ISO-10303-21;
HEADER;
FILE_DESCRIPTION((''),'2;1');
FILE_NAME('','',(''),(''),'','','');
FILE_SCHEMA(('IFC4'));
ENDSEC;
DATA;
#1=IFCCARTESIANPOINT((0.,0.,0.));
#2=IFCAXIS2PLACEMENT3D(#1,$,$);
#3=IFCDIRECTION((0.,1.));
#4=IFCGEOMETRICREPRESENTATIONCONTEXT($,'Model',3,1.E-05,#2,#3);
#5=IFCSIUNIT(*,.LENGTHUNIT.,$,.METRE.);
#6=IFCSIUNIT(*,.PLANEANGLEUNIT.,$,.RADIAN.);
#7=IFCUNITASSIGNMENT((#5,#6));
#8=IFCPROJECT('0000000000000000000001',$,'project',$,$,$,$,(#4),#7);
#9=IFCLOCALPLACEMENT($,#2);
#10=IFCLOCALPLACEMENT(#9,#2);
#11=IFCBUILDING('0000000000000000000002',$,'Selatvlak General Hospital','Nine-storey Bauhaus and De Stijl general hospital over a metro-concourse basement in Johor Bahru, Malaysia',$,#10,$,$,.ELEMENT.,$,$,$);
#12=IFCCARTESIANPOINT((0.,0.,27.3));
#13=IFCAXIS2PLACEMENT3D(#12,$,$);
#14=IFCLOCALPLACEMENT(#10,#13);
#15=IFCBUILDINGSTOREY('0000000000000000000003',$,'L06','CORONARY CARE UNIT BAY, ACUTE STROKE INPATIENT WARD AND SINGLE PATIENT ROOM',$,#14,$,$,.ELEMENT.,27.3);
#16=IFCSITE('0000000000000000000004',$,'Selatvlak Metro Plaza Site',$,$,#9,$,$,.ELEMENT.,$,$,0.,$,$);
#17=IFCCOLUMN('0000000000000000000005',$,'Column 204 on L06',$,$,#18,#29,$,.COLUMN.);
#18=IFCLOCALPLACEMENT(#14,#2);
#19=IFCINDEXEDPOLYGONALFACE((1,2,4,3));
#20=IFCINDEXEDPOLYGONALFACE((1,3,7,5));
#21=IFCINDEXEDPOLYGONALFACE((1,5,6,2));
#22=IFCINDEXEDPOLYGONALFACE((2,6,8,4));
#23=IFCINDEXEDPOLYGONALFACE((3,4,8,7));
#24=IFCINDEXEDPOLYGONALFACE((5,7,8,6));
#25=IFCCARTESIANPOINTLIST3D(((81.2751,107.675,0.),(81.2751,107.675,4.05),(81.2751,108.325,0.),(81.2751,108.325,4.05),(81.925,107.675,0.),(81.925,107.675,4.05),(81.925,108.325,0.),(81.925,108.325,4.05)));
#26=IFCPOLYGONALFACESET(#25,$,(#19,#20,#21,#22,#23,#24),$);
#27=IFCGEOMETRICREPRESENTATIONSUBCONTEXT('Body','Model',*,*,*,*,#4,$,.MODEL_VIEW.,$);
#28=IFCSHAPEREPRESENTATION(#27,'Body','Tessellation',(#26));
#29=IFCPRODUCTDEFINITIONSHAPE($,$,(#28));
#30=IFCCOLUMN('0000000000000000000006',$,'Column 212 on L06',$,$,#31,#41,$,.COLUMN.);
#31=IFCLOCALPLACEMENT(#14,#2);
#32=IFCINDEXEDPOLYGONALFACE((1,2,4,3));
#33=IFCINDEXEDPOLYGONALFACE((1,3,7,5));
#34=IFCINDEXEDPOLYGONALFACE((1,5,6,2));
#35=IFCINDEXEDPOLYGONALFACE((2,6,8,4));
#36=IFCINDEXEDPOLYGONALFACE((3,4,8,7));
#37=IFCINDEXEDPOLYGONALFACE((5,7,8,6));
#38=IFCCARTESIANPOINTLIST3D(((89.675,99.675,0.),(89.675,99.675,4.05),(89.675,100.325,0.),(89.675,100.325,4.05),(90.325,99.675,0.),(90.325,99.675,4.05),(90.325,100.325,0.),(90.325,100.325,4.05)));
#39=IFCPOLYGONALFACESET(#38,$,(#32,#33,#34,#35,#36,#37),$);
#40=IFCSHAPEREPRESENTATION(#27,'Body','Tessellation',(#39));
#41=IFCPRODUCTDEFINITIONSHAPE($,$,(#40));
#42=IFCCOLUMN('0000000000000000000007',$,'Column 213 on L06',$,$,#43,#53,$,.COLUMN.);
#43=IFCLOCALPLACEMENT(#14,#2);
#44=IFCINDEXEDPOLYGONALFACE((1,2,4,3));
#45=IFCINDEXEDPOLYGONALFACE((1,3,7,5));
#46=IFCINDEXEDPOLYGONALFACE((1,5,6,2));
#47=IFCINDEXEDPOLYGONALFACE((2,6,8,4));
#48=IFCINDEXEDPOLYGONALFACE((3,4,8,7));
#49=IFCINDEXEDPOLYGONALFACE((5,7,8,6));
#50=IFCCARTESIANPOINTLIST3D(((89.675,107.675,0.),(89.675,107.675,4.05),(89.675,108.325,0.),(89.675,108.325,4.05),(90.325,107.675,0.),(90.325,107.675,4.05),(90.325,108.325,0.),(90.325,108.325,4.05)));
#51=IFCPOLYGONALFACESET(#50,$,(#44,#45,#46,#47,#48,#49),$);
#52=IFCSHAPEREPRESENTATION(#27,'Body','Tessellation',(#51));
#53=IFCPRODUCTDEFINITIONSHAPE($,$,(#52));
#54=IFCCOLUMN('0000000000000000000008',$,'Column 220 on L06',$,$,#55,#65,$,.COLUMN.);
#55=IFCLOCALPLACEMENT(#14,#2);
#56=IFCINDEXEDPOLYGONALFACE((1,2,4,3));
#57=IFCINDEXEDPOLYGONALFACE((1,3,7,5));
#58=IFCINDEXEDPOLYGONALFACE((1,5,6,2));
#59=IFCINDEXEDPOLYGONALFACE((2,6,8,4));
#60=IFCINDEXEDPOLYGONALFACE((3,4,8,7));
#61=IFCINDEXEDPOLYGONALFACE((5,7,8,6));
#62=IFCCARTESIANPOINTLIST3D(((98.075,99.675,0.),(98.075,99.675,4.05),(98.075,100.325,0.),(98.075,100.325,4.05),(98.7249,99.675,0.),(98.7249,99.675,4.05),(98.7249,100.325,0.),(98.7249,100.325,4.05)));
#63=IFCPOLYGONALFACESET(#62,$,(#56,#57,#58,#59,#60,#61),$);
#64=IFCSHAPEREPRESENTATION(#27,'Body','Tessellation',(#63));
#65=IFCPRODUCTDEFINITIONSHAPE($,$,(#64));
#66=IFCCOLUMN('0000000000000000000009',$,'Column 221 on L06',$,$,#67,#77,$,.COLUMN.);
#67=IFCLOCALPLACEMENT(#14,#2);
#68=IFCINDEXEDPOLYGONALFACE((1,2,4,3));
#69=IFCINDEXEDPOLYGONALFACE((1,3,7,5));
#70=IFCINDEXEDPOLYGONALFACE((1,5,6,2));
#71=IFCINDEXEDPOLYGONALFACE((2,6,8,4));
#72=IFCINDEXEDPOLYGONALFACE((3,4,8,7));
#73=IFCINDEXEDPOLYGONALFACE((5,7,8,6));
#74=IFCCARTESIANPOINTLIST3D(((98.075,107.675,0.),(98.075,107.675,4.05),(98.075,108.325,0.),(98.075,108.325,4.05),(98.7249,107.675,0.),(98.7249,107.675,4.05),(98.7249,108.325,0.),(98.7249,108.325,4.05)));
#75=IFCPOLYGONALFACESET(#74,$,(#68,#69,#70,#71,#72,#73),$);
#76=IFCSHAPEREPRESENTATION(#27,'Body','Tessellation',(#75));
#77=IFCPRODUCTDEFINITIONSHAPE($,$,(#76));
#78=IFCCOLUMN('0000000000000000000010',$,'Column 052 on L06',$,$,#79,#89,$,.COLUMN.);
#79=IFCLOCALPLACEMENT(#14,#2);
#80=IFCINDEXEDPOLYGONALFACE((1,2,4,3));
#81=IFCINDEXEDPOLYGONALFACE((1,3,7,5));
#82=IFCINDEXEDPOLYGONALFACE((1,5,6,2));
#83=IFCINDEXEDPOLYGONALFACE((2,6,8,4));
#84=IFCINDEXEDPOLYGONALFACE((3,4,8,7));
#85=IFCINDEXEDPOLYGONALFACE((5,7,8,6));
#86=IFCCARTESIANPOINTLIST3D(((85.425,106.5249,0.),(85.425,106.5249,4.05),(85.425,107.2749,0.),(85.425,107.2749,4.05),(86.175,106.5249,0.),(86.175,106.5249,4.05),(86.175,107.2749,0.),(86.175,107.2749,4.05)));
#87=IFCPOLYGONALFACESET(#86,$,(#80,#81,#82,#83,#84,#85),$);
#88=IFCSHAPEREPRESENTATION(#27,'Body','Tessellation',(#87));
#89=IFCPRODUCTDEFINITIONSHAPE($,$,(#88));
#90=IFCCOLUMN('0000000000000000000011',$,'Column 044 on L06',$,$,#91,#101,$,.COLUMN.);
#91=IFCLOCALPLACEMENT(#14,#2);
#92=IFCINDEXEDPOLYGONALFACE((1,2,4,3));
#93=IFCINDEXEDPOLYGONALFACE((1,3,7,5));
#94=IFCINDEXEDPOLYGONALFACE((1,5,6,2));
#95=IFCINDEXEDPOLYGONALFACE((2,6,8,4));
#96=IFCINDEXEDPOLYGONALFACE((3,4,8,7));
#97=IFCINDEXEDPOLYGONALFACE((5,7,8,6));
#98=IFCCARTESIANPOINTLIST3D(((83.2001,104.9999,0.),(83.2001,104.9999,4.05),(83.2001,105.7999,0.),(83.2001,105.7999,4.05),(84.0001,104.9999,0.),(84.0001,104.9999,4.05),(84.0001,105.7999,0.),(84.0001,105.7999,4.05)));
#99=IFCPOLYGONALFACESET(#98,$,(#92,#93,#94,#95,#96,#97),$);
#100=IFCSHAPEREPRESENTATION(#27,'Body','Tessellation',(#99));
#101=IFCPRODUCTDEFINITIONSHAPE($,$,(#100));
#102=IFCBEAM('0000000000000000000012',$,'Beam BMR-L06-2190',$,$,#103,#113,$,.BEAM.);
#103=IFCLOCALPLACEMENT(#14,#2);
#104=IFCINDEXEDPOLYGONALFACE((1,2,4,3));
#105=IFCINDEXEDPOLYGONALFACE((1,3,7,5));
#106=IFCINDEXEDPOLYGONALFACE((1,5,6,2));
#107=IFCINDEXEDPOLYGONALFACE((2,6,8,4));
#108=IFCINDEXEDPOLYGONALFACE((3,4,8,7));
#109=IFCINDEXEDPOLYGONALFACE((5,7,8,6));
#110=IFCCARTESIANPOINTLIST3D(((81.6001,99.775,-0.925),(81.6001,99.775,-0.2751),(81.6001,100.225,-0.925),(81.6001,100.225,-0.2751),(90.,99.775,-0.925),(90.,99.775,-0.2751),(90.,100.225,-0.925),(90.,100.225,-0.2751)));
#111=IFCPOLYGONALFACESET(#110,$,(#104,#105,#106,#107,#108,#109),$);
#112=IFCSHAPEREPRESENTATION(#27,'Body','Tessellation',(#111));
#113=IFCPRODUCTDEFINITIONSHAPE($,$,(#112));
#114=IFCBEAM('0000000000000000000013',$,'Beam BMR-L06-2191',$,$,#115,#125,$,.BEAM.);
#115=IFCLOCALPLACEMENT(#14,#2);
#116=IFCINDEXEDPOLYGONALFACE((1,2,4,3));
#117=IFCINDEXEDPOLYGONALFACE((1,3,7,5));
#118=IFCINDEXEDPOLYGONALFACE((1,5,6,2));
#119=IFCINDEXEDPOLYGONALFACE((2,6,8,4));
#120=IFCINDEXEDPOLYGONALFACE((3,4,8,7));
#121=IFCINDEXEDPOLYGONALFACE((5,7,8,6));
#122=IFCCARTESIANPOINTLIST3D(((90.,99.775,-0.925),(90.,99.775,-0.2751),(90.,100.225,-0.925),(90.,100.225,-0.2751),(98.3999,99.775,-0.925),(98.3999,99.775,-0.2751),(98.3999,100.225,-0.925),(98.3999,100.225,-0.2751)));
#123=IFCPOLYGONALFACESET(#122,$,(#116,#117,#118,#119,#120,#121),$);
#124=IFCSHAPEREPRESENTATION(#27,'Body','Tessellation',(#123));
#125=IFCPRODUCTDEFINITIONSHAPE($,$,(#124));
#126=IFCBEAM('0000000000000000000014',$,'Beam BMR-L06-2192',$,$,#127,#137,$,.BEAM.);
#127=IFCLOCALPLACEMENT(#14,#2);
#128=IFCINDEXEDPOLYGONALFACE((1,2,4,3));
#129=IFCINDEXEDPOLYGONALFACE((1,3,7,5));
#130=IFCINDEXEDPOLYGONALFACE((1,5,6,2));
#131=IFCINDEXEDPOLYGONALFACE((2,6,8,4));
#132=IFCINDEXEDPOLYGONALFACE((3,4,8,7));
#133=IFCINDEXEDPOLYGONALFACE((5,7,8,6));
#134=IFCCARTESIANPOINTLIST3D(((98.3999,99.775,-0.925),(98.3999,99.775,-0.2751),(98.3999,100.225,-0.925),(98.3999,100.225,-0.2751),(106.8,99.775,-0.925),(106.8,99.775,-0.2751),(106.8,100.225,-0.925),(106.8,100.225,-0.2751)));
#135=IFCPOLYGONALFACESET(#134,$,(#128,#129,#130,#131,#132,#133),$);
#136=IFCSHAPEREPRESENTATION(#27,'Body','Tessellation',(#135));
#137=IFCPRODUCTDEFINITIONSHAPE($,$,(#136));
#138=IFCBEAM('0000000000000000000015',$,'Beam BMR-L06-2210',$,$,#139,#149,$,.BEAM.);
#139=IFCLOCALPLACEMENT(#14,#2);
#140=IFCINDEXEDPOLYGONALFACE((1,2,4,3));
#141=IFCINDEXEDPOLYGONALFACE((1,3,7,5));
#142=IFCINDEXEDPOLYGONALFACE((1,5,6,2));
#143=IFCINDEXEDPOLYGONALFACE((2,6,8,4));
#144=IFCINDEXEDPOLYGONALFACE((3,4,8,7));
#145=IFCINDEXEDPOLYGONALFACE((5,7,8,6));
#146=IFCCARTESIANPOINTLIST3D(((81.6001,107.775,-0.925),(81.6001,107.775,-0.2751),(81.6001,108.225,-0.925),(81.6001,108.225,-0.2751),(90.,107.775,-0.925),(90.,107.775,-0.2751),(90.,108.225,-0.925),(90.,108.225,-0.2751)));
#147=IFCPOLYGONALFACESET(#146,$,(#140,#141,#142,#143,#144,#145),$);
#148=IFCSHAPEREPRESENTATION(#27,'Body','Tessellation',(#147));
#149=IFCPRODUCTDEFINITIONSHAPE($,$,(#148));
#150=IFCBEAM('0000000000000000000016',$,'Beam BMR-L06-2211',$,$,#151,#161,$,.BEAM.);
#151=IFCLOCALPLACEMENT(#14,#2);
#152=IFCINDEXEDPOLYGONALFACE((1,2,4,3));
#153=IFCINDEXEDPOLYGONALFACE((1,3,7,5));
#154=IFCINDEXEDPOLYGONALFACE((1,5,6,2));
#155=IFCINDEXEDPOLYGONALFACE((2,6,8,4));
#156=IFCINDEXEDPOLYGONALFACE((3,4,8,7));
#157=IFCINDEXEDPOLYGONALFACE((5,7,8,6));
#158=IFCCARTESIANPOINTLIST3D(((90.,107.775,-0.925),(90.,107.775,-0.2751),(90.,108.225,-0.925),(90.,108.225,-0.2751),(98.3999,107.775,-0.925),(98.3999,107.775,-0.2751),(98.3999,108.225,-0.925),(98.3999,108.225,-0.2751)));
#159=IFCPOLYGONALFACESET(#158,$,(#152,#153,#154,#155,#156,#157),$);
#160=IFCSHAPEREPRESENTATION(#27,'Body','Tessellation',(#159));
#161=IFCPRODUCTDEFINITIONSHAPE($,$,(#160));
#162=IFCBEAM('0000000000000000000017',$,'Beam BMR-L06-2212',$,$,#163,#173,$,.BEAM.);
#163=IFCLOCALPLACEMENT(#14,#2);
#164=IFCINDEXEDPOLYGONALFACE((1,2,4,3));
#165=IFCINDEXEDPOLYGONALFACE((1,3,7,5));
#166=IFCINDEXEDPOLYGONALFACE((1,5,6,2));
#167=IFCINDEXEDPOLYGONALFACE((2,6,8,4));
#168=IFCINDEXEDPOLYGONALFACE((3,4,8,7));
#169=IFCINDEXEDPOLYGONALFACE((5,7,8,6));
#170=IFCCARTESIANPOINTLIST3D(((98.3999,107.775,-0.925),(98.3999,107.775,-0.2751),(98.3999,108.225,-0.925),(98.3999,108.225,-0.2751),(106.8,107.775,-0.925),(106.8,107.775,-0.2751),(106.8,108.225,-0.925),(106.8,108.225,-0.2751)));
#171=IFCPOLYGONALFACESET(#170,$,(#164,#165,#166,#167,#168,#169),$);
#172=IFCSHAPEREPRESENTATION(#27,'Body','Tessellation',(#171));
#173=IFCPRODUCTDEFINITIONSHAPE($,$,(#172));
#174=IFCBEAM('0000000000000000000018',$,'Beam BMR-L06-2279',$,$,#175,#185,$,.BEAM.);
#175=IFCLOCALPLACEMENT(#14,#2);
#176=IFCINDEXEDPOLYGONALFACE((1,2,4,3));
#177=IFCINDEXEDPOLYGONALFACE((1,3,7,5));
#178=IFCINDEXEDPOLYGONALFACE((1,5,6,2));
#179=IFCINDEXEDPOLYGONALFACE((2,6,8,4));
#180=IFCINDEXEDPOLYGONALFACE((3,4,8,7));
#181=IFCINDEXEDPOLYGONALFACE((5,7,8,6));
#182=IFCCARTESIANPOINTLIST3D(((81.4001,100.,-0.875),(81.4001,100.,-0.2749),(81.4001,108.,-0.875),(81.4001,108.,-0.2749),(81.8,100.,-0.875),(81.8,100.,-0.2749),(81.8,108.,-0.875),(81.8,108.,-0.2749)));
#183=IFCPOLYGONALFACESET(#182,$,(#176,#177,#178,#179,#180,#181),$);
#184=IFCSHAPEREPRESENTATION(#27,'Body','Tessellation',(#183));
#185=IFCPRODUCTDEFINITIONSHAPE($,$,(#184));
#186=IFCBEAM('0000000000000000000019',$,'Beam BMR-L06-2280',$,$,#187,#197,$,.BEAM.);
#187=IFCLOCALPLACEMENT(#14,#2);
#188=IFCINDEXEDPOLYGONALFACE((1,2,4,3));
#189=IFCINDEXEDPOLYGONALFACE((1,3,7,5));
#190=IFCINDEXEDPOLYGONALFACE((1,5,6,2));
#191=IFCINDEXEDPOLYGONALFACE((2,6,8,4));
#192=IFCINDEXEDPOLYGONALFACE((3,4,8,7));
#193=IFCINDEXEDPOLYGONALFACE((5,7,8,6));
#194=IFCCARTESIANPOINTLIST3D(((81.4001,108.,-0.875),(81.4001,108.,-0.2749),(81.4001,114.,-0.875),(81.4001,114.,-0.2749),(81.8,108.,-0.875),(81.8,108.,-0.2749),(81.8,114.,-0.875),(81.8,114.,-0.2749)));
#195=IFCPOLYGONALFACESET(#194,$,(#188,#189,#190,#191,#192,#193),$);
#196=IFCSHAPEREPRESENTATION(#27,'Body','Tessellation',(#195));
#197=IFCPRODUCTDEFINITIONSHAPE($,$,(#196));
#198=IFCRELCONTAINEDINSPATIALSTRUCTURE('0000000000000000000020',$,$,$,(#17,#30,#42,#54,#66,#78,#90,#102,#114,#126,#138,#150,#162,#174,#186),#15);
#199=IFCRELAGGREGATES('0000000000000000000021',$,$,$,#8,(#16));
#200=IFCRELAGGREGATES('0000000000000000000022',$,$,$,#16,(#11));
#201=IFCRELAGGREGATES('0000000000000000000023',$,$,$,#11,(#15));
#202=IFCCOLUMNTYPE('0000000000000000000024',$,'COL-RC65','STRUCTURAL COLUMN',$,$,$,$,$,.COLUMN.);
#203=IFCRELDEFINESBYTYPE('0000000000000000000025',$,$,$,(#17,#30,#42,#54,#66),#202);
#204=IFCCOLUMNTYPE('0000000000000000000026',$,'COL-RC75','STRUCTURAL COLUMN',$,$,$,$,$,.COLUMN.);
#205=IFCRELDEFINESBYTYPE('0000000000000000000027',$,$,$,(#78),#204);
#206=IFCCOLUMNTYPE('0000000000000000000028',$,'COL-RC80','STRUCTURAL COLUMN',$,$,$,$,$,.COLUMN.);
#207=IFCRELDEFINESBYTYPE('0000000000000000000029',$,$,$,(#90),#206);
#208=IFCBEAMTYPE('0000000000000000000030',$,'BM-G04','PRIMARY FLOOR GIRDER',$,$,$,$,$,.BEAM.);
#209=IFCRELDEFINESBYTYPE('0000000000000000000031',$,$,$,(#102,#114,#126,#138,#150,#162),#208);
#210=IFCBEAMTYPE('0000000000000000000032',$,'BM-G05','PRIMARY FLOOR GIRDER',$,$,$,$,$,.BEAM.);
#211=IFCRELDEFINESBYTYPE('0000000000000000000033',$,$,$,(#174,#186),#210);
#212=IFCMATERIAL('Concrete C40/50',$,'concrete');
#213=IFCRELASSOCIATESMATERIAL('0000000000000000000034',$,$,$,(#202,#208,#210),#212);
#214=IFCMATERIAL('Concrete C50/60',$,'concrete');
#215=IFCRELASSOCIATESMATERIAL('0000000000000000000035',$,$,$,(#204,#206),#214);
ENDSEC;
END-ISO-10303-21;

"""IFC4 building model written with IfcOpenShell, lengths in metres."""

from ifc_helpers import new_model, si_unit, direction, frame, origin, origin_2d, place, context, subcontext, project, spatial, rectangle, extrude, material, material_profile, profile_set, type_object, element, save


model = new_model("IFC4")

# Units and contexts
model_context = context("Model", 3, precision=1e-05, world=origin(), true_north=direction((0.0, 1.0)))
body_context = subcontext(model_context, "Body", "Model", "MODEL_VIEW")
ifc_project = project(units=[si_unit("LENGTHUNIT", "METRE"), si_unit("PLANEANGLEUNIT", "RADIAN")], contexts=[model_context])

# Site, building, storey
site_placement = place(None, origin())
site = spatial("IfcSite", under=ifc_project, at=site_placement, Name="Selatvlak Metro Plaza Site", CompositionType="ELEMENT", RefElevation=0.0)
building_placement = place(site_placement, origin())
building = spatial("IfcBuilding", under=site, at=building_placement, Name="Selatvlak General Hospital", Description="Nine-storey Bauhaus and De Stijl general hospital over a metro-concourse basement in Johor Bahru, Malaysia", CompositionType="ELEMENT")
storey_placement = place(building_placement, frame((0.0, 0.0, 27.3)))
storey = spatial("IfcBuildingStorey", under=building, at=storey_placement, Name="L06", Description="CORONARY CARE UNIT BAY, ACUTE STROKE INPATIENT WARD AND SINGLE PATIENT ROOM", CompositionType="ELEMENT", Elevation=27.3)

# Columns
ifc_material_1 = material(Name="Concrete C40/50", Category="concrete")
ifc_material_profile_1 = material_profile(ifc_material_1, rectangle(XDim=0.6499, YDim=0.6499, at=origin_2d()), Name="RC-COL 650x650")
ifc_profile_set_1 = profile_set([ifc_material_profile_1], Name="Concrete C40/50")
column_type_1 = type_object("IfcColumnType", Name="COL-RC65", Description="STRUCTURAL COLUMN", PredefinedType="COLUMN", material=ifc_profile_set_1)
for number, where, z_axis, x_axis, name in (
    (1, (81.6001, 108.0, 0.0), (0.0, 0.0, 1.0), (1.0, 0.0, 0.0), "Column 204 on L06"),
    (2, (90.0, 100.0, 0.0), (0.0, 0.0, 1.0), (1.0, 0.0, 0.0), "Column 212 on L06"),
    (3, (90.0, 108.0, 0.0), (0.0, 0.0, 1.0), (1.0, 0.0, 0.0), "Column 213 on L06"),
    (4, (98.3999, 100.0, 0.0), (0.0, 0.0, 1.0), (1.0, 0.0, 0.0), "Column 220 on L06"),
    (5, (98.3999, 108.0, 0.0), (0.0, 0.0, 1.0), (1.0, 0.0, 0.0), "Column 221 on L06"),
):
    element("IfcColumn", number, at=place(storey_placement, frame(where, z_axis=z_axis, x_axis=x_axis)), inside=storey, type_object=column_type_1, Name=name, PredefinedType="COLUMN", context=body_context, shape_type="SweptSolid", body=[
        extrude(rectangle(XDim=0.6499, YDim=0.6499, at=origin_2d()), origin(), (0.0, 0.0, 1.0), 4.05),
    ])
ifc_material_2 = material(Name="Concrete C50/60", Category="concrete")
ifc_material_profile_2 = material_profile(ifc_material_2, rectangle(XDim=0.75, YDim=0.75, at=origin_2d()), Name="RC-COL 750x750")
ifc_profile_set_2 = profile_set([ifc_material_profile_2], Name="Concrete C50/60")
column_type_2 = type_object("IfcColumnType", Name="COL-RC75", Description="STRUCTURAL COLUMN", PredefinedType="COLUMN", material=ifc_profile_set_2)
column_1_placement = place(storey_placement, frame((85.8, 106.8999, 0.0), z_axis=(0.0, 0.0, 1.0), x_axis=(1.0, 0.0, 0.0)))
element("IfcColumn", 6, at=column_1_placement, inside=storey, type_object=column_type_2, Name="Column 052 on L06", PredefinedType="COLUMN", context=body_context, shape_type="SweptSolid", body=[
    extrude(rectangle(XDim=0.75, YDim=0.75, at=origin_2d()), origin(), (0.0, 0.0, 1.0), 4.05),
])
ifc_material_profile_3 = material_profile(ifc_material_2, rectangle(XDim=0.8, YDim=0.8, at=origin_2d()), Name="RC-COL 800x800")
ifc_profile_set_3 = profile_set([ifc_material_profile_3], Name="Concrete C50/60")
column_type_3 = type_object("IfcColumnType", Name="COL-RC80", Description="STRUCTURAL COLUMN", PredefinedType="COLUMN", material=ifc_profile_set_3)
column_2_placement = place(storey_placement, frame((83.6001, 105.3999, 0.0), z_axis=(0.0, 0.0, 1.0), x_axis=(1.0, 0.0, 0.0)))
element("IfcColumn", 7, at=column_2_placement, inside=storey, type_object=column_type_3, Name="Column 044 on L06", PredefinedType="COLUMN", context=body_context, shape_type="SweptSolid", body=[
    extrude(rectangle(XDim=0.8, YDim=0.8, at=origin_2d()), origin(), (0.0, 0.0, 1.0), 4.05),
])

# Beams
ifc_material_profile_4 = material_profile(ifc_material_1, rectangle(XDim=0.45, YDim=0.6499, at=origin_2d()), Name="RC-BM 450x650")
ifc_profile_set_4 = profile_set([ifc_material_profile_4], Name="Concrete C40/50")
beam_type_1 = type_object("IfcBeamType", Name="BM-G04", Description="PRIMARY FLOOR GIRDER", PredefinedType="BEAM", material=ifc_profile_set_4)
for number, where, z_axis, x_axis, name in (
    (8, (81.6001, 100.0, -0.6001), (1.0, 0.0, 0.0), (0.0, 1.0, 0.0), "Beam BMR-L06-2190"),
    (9, (90.0, 100.0, -0.6001), (1.0, 0.0, 0.0), (0.0, 1.0, 0.0), "Beam BMR-L06-2191"),
):
    element("IfcBeam", number, at=place(storey_placement, frame(where, z_axis=z_axis, x_axis=x_axis)), inside=storey, type_object=beam_type_1, Name=name, PredefinedType="BEAM", context=body_context, shape_type="SweptSolid", body=[
        extrude(rectangle(XDim=0.45, YDim=0.6499, at=origin_2d()), origin(), (0.0, 0.0, 1.0), 8.3999),
    ])
beam_1_placement = place(storey_placement, frame((98.3999, 100.0, -0.6001), z_axis=(1.0, 0.0, 0.0), x_axis=(0.0, 1.0, 0.0)))
element("IfcBeam", 10, at=beam_1_placement, inside=storey, type_object=beam_type_1, Name="Beam BMR-L06-2192", PredefinedType="BEAM", context=body_context, shape_type="SweptSolid", body=[
    extrude(rectangle(XDim=0.45, YDim=0.6499, at=origin_2d()), origin(), (0.0, 0.0, 1.0), 8.4001),
])
for number, where, z_axis, x_axis, name in (
    (11, (81.6001, 108.0, -0.6001), (1.0, 0.0, 0.0), (0.0, 1.0, 0.0), "Beam BMR-L06-2210"),
    (12, (90.0, 108.0, -0.6001), (1.0, 0.0, 0.0), (0.0, 1.0, 0.0), "Beam BMR-L06-2211"),
):
    element("IfcBeam", number, at=place(storey_placement, frame(where, z_axis=z_axis, x_axis=x_axis)), inside=storey, type_object=beam_type_1, Name=name, PredefinedType="BEAM", context=body_context, shape_type="SweptSolid", body=[
        extrude(rectangle(XDim=0.45, YDim=0.6499, at=origin_2d()), origin(), (0.0, 0.0, 1.0), 8.3999),
    ])
beam_2_placement = place(storey_placement, frame((98.3999, 108.0, -0.6001), z_axis=(1.0, 0.0, 0.0), x_axis=(0.0, 1.0, 0.0)))
element("IfcBeam", 13, at=beam_2_placement, inside=storey, type_object=beam_type_1, Name="Beam BMR-L06-2212", PredefinedType="BEAM", context=body_context, shape_type="SweptSolid", body=[
    extrude(rectangle(XDim=0.45, YDim=0.6499, at=origin_2d()), origin(), (0.0, 0.0, 1.0), 8.4001),
])
ifc_material_profile_5 = material_profile(ifc_material_1, rectangle(XDim=0.3999, YDim=0.6001, at=origin_2d()), Name="RC-BM 400x600")
ifc_profile_set_5 = profile_set([ifc_material_profile_5], Name="Concrete C40/50")
beam_type_2 = type_object("IfcBeamType", Name="BM-G05", Description="PRIMARY FLOOR GIRDER", PredefinedType="BEAM", material=ifc_profile_set_5)
beam_3_placement = place(storey_placement, frame((81.6001, 100.0, -0.575), z_axis=(0.0, 1.0, 0.0), x_axis=(-1.0, 0.0, 0.0)))
element("IfcBeam", 14, at=beam_3_placement, inside=storey, type_object=beam_type_2, Name="Beam BMR-L06-2279", PredefinedType="BEAM", context=body_context, shape_type="SweptSolid", body=[
    extrude(rectangle(XDim=0.3999, YDim=0.6001, at=origin_2d()), origin(), (0.0, 0.0, 1.0), 8.0),
])
beam_4_placement = place(storey_placement, frame((81.6001, 108.0, -0.575), z_axis=(0.0, 1.0, 0.0), x_axis=(-1.0, 0.0, 0.0)))
element("IfcBeam", 15, at=beam_4_placement, inside=storey, type_object=beam_type_2, Name="Beam BMR-L06-2280", PredefinedType="BEAM", context=body_context, shape_type="SweptSolid", body=[
    extrude(rectangle(XDim=0.3999, YDim=0.6001, at=origin_2d()), origin(), (0.0, 0.0, 1.0), 6.0),
])

save(model, "model.ifc")
